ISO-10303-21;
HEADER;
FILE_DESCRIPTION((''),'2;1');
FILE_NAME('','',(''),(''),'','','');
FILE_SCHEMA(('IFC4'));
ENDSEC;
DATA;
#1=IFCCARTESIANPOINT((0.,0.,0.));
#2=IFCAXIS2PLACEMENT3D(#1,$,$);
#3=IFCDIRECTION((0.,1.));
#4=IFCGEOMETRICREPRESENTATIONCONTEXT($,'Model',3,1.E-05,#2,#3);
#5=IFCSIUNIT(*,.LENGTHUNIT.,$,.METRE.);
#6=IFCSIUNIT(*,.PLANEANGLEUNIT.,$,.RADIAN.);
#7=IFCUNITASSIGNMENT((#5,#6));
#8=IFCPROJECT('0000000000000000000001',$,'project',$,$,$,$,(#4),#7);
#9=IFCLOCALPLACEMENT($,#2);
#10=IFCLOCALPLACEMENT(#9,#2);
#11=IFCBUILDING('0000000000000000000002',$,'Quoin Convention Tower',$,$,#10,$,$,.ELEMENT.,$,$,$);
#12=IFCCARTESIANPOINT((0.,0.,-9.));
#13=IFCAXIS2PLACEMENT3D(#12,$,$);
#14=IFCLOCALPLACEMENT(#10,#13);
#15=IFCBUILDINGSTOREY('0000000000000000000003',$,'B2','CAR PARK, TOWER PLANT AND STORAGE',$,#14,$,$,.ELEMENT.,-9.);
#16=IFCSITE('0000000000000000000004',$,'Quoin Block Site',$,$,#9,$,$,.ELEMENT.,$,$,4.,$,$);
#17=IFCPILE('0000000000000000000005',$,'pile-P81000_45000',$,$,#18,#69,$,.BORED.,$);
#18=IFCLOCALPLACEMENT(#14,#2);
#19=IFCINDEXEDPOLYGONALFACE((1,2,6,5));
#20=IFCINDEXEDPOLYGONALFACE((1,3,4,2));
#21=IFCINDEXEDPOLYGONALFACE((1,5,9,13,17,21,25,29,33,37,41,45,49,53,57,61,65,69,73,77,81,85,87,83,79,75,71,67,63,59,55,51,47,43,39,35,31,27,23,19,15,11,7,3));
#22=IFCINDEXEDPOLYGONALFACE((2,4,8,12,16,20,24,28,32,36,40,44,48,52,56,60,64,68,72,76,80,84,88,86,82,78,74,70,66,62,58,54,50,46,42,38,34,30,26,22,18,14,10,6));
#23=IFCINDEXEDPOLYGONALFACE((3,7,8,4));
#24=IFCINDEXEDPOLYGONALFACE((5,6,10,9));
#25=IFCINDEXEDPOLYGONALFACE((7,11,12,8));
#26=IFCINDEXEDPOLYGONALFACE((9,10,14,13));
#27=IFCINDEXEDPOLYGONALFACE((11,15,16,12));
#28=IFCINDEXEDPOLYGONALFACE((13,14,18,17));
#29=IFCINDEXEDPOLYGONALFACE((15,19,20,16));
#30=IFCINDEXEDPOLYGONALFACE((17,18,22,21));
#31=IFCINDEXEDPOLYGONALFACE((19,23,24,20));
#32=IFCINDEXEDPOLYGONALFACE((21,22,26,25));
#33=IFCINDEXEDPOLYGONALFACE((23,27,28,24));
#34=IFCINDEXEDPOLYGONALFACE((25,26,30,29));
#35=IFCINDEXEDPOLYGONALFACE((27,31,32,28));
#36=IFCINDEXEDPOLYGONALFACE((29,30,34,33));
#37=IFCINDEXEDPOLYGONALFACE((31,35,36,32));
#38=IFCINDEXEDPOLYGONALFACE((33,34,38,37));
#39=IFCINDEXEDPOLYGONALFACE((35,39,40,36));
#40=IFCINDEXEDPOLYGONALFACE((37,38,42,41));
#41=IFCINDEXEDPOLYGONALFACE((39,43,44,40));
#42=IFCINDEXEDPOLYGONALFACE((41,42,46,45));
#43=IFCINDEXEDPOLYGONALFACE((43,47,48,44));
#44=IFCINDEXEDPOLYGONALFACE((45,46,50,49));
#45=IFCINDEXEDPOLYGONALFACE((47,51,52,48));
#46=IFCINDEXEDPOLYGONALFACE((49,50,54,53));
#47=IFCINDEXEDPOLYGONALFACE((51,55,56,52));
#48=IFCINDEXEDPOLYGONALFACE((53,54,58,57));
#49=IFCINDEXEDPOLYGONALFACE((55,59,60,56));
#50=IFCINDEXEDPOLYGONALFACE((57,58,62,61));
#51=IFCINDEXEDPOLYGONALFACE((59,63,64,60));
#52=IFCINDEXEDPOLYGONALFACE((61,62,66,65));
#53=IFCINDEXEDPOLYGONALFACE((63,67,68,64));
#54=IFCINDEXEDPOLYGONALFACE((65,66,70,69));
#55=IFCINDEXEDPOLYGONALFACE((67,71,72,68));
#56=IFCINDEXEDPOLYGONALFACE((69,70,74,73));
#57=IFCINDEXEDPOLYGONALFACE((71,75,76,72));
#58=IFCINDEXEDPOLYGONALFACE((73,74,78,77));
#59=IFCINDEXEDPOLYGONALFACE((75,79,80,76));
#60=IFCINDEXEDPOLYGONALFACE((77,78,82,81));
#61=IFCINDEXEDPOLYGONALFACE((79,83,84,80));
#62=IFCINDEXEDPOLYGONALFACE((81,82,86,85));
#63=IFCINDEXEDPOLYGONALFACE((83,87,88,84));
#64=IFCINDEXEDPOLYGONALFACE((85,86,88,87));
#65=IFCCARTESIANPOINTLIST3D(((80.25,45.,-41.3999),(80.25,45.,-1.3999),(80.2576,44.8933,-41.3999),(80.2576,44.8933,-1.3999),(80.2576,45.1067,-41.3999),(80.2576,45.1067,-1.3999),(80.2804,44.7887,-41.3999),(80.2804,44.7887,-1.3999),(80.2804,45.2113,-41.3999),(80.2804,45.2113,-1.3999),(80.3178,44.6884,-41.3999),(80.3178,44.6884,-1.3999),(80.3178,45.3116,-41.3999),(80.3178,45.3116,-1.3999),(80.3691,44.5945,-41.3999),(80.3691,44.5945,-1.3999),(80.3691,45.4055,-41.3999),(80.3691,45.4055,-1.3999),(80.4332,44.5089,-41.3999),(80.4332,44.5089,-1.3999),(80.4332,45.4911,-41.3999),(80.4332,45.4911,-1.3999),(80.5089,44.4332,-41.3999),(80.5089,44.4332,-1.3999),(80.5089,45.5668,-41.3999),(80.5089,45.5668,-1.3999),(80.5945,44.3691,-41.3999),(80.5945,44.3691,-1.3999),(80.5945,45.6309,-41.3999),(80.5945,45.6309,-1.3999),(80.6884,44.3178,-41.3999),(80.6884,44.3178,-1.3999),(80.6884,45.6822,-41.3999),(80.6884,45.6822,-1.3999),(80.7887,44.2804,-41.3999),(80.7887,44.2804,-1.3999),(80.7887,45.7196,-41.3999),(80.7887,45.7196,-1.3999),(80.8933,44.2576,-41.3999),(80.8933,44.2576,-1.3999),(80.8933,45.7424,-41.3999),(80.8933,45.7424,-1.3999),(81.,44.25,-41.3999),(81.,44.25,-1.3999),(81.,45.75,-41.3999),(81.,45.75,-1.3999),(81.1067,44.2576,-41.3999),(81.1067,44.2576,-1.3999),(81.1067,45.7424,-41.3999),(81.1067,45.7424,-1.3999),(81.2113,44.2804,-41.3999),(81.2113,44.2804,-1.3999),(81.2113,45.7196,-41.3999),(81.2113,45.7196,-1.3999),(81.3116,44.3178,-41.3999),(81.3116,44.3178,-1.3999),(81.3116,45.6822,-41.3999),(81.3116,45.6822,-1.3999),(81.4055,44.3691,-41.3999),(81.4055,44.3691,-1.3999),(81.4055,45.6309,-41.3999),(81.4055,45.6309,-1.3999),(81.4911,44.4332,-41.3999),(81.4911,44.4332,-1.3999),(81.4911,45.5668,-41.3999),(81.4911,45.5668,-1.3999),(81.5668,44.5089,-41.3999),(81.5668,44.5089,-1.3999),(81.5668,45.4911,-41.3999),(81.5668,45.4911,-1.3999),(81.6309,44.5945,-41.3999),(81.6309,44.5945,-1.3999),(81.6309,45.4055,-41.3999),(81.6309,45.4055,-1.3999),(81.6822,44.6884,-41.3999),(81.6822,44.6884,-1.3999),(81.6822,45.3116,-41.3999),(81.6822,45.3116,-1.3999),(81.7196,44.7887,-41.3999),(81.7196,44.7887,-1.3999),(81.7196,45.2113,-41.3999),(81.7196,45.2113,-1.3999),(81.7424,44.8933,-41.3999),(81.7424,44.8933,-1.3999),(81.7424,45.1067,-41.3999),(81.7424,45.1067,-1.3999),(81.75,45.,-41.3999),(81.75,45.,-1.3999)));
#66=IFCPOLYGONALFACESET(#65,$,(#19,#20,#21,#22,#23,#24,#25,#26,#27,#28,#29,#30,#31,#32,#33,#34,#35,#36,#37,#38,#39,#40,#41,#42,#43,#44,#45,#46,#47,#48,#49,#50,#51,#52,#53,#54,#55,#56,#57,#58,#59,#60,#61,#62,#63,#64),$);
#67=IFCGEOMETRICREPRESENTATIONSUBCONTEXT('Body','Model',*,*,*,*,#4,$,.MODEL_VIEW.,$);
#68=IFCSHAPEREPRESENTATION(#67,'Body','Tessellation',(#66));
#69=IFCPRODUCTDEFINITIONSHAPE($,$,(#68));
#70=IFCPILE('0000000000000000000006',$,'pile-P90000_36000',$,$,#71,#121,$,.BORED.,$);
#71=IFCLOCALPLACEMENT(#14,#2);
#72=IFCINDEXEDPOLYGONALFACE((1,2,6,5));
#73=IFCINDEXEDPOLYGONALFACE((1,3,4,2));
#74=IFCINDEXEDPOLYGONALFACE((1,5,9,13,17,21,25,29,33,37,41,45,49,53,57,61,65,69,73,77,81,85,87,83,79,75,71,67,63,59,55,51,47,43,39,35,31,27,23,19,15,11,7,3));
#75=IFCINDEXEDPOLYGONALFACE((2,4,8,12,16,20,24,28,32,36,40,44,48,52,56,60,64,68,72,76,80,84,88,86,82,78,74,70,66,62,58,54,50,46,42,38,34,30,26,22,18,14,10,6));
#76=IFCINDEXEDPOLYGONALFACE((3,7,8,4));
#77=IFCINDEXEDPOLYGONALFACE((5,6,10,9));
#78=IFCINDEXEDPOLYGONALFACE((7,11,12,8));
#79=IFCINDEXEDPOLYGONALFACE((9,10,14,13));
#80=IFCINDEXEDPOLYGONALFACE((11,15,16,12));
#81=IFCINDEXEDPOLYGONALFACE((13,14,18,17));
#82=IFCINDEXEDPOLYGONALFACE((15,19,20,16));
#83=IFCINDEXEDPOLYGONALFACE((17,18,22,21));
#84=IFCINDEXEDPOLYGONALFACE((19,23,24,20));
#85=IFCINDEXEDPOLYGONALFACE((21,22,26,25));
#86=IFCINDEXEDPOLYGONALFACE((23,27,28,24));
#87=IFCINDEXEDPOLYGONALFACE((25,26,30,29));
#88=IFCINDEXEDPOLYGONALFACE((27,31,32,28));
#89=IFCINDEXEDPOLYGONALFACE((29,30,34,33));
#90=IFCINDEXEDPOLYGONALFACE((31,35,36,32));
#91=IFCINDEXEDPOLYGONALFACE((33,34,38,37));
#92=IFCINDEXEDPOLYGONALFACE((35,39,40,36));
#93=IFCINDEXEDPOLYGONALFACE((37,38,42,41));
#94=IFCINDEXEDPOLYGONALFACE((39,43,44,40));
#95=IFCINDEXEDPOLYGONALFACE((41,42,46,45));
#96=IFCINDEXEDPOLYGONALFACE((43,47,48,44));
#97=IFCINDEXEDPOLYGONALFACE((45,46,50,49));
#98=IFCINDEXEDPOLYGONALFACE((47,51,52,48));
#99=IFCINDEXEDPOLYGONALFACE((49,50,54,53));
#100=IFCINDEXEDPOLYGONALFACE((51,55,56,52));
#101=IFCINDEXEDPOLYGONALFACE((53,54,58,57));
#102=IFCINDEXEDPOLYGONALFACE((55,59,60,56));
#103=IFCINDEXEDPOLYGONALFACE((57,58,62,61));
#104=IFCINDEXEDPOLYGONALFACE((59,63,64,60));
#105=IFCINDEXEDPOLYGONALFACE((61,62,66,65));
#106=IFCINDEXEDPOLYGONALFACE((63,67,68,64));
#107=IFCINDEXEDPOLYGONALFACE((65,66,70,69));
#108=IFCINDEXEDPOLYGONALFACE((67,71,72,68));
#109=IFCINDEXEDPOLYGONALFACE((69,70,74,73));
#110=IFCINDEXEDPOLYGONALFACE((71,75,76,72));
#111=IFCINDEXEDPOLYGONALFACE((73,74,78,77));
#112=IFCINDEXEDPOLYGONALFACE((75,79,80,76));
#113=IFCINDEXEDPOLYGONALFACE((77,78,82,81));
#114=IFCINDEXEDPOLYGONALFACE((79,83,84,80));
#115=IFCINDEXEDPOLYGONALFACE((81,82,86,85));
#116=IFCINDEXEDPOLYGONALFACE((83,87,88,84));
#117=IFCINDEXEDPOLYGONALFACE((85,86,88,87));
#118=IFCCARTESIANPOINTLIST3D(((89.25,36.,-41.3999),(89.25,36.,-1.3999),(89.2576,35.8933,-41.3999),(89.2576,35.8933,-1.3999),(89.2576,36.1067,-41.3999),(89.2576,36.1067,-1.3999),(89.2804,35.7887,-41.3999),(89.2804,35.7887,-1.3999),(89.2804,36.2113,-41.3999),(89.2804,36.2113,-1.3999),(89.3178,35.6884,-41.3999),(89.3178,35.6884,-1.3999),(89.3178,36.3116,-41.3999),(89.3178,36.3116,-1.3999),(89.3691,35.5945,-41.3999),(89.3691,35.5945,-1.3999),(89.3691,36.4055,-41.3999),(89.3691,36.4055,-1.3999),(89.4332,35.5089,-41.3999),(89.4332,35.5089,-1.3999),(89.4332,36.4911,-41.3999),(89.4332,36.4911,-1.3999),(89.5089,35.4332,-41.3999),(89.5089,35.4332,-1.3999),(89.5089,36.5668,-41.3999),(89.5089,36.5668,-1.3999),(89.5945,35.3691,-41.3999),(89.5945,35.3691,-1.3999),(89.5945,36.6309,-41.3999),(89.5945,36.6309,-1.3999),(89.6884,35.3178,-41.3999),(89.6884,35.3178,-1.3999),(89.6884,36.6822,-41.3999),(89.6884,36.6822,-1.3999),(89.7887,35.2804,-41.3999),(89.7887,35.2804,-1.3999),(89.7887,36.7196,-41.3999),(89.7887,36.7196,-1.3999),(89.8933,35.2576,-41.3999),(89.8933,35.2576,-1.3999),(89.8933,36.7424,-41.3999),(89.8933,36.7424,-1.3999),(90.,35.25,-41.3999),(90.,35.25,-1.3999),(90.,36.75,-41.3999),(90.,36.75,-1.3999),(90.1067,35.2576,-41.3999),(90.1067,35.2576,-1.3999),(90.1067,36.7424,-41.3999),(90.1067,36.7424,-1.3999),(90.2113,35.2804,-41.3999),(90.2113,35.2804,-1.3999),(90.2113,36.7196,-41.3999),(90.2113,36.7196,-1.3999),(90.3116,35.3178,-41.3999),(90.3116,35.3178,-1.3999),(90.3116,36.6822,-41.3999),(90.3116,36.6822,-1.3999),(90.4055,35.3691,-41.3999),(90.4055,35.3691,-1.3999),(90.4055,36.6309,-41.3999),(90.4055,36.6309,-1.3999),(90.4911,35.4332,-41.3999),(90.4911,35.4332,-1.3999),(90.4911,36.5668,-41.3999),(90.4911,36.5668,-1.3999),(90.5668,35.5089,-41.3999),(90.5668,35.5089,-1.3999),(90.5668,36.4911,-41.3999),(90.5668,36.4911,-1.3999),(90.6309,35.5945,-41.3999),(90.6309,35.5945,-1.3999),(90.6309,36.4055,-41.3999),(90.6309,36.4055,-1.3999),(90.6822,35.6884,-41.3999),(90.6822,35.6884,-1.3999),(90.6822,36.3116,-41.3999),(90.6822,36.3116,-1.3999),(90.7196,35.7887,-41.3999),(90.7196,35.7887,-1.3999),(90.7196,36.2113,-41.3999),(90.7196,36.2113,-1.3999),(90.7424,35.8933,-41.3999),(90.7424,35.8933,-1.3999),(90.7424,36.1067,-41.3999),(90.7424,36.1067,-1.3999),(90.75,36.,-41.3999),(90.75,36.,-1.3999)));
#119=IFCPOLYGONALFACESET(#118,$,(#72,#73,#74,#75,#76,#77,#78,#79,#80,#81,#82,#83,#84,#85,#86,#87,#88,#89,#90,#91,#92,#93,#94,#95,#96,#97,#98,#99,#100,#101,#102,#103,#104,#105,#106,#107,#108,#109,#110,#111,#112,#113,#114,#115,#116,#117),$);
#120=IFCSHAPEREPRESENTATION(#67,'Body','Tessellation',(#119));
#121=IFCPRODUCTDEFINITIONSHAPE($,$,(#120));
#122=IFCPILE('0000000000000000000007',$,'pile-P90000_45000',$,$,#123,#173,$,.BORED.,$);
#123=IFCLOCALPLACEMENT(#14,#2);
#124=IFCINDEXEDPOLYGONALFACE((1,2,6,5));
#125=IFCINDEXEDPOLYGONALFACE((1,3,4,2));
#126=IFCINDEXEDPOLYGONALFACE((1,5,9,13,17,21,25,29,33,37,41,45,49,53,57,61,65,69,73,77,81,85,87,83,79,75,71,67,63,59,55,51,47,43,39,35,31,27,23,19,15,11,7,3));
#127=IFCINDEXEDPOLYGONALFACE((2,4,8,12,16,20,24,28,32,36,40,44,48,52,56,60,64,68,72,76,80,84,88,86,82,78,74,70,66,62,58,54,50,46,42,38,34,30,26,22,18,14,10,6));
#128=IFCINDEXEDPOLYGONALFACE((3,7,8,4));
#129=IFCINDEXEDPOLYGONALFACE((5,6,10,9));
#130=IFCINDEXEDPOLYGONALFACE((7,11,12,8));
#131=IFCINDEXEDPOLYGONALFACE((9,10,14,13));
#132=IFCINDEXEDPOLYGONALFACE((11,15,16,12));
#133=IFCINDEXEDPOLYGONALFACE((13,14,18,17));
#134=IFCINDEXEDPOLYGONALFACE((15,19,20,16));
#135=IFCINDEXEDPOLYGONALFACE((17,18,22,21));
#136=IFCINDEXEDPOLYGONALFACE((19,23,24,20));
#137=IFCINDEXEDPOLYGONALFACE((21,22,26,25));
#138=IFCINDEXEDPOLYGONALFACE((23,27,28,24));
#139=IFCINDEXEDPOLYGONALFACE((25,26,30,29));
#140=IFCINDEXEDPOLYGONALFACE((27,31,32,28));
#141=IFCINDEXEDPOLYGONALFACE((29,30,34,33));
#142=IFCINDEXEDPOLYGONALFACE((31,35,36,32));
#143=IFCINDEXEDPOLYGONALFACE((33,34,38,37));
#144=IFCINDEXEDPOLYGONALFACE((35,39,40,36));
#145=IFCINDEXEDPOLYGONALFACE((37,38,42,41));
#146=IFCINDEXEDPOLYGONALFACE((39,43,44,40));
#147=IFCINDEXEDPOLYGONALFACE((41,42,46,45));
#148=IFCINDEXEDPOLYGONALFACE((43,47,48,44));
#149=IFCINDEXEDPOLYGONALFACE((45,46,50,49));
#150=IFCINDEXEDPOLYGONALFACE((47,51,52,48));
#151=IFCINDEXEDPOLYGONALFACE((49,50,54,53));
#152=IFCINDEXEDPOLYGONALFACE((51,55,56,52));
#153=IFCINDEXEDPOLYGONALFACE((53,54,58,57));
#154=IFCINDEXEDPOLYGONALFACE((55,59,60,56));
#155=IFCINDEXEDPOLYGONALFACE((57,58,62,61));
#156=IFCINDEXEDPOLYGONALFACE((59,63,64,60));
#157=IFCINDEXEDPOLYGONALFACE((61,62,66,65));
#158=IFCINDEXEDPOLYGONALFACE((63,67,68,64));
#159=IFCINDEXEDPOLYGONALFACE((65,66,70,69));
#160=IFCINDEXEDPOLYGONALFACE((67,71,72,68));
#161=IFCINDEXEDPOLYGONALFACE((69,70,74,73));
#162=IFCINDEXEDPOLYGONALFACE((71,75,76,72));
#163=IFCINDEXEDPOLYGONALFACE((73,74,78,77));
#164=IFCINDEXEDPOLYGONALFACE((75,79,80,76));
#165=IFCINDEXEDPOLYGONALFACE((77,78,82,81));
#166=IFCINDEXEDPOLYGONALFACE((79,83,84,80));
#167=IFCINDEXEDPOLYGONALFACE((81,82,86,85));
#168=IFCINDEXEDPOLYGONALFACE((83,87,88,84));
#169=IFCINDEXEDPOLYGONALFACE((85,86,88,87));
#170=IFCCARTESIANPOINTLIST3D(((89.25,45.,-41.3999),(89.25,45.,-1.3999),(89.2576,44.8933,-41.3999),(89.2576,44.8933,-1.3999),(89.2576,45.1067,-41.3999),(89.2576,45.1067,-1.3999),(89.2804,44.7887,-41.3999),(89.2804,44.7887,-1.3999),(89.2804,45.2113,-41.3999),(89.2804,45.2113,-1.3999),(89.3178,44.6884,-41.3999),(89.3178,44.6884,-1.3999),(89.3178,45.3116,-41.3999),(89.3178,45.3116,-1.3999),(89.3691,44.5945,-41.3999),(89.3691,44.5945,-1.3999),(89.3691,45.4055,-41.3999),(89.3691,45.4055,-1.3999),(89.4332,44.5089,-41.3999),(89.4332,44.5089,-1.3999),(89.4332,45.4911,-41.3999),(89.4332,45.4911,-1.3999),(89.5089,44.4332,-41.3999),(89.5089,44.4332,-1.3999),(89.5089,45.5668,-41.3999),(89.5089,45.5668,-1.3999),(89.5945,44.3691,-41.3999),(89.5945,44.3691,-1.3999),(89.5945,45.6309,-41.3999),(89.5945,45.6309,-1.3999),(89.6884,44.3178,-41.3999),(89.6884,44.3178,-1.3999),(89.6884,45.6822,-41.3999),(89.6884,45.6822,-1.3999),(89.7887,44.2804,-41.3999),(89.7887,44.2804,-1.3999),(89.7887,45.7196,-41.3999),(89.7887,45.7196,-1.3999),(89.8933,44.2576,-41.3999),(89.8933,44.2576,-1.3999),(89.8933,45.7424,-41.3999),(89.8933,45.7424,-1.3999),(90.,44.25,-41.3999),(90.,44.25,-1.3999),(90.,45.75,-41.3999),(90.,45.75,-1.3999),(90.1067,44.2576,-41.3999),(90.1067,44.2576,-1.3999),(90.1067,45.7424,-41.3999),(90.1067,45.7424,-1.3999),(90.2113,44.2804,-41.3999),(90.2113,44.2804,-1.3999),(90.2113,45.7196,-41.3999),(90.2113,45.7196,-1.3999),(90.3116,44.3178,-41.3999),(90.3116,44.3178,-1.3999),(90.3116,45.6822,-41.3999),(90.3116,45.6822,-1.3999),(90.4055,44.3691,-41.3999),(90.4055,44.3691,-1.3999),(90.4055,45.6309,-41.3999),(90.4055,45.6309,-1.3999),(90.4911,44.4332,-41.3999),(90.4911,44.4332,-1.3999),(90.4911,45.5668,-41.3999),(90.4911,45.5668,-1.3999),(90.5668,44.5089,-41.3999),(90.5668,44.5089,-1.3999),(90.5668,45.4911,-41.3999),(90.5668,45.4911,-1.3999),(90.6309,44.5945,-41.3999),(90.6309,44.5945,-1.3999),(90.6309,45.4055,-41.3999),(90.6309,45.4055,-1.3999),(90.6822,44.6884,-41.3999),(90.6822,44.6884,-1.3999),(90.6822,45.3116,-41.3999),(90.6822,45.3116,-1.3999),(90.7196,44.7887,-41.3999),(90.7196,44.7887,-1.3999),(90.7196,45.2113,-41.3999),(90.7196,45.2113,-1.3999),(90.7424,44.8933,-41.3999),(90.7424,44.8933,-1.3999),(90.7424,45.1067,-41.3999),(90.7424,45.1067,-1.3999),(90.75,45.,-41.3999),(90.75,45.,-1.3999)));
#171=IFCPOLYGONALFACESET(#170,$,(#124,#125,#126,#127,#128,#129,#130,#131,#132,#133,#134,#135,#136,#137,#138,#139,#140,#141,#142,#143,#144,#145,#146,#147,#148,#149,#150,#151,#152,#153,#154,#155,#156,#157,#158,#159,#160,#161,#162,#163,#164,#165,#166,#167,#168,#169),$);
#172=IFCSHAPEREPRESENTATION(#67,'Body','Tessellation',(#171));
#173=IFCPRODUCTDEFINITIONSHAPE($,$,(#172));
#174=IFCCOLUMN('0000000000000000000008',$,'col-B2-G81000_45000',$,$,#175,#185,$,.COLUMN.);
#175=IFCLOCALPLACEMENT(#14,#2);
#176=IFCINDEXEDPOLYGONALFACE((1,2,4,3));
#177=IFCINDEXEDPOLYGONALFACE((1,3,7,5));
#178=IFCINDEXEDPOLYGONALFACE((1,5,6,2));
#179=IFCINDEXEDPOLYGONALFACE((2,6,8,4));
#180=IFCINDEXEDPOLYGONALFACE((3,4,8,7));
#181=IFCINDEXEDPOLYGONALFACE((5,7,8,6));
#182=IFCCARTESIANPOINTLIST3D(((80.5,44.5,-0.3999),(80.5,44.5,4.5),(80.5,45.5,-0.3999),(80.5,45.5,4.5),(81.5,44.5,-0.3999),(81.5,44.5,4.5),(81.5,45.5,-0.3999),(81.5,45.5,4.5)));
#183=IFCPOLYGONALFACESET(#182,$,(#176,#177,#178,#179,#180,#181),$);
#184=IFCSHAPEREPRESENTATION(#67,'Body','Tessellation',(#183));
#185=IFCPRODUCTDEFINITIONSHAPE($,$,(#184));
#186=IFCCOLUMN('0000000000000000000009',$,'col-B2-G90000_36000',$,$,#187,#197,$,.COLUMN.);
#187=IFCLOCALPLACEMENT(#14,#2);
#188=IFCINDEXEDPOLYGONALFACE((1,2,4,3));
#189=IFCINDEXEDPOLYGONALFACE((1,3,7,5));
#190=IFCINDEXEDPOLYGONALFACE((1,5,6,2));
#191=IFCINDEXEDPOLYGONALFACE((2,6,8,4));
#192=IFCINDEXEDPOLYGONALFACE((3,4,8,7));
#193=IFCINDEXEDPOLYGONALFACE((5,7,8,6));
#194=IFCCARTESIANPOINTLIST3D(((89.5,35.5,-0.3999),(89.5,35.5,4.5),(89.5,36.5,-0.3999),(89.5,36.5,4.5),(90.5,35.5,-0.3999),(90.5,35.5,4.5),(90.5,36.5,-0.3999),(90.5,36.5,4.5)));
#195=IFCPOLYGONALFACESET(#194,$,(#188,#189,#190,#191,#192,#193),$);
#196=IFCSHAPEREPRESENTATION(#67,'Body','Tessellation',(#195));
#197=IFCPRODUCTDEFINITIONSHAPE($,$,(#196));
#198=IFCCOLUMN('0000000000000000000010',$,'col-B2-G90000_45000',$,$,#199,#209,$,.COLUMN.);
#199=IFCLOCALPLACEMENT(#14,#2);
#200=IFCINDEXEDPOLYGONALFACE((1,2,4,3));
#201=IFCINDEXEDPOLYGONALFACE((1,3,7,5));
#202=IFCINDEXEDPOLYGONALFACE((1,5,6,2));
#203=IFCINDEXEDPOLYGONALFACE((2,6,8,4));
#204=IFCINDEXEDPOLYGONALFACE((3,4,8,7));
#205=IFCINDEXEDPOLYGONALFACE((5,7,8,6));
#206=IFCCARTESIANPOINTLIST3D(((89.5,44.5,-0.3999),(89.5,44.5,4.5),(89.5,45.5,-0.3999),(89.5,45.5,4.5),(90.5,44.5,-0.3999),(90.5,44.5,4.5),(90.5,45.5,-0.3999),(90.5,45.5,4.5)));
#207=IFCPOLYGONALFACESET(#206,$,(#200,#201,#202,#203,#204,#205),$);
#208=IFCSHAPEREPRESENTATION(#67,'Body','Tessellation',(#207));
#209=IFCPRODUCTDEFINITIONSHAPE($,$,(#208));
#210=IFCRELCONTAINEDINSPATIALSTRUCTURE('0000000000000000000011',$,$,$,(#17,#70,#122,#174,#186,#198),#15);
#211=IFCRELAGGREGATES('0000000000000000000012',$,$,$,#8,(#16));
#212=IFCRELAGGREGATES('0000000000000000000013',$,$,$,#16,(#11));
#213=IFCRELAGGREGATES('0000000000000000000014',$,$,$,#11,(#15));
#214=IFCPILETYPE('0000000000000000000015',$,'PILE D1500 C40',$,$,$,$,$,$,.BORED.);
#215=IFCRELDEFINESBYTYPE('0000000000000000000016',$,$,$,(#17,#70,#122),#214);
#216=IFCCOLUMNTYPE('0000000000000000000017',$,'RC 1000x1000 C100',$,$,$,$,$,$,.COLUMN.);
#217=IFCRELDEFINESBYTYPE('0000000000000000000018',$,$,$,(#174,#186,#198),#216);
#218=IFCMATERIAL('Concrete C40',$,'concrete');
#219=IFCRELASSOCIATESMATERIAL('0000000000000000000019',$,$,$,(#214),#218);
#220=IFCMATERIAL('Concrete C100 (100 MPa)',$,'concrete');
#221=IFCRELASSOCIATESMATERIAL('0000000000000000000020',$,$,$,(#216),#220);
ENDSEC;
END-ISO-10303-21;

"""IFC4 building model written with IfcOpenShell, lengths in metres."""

from ifc_helpers import new_model, si_unit, direction, frame, origin, origin_2d, place, context, subcontext, project, spatial, rectangle, circle, extrude, material, material_profile, profile_set, type_object, element, save


model = new_model("IFC4")

# Units and contexts
model_context = context("Model", 3, precision=1e-05, world=origin(), true_north=direction((0.0, 1.0)))
body_context = subcontext(model_context, "Body", "Model", "MODEL_VIEW")
ifc_project = project(units=[si_unit("LENGTHUNIT", "METRE"), si_unit("PLANEANGLEUNIT", "RADIAN")], contexts=[model_context])

# Site, building, storey
site_placement = place(None, origin())
site = spatial("IfcSite", under=ifc_project, at=site_placement, Name="Quoin Block Site", CompositionType="ELEMENT", RefElevation=4.0)
building_placement = place(site_placement, origin())
building = spatial("IfcBuilding", under=site, at=building_placement, Name="Quoin Convention Tower", CompositionType="ELEMENT")
storey_placement = place(building_placement, frame((0.0, 0.0, -9.0)))
storey = spatial("IfcBuildingStorey", under=building, at=storey_placement, Name="B2", Description="CAR PARK, TOWER PLANT AND STORAGE", CompositionType="ELEMENT", Elevation=-9.0)

# Piles
ifc_material_1 = material(Name="Concrete C40", Category="concrete")
ifc_material_profile_1 = material_profile(ifc_material_1, circle(Radius=0.75, at=origin_2d()), Name="D1500")
ifc_profile_set_1 = profile_set([ifc_material_profile_1], Name="Concrete C40")
pile_type = type_object("IfcPileType", Name="PILE D1500 C40", PredefinedType="BORED", material=ifc_profile_set_1)
for number, where, z_axis, x_axis, name in (
    (1, (81.0, 45.0, -1.3999), (0.0, 0.0, -1.0), (1.0, 0.0, 0.0), "pile-P81000_45000"),
    (2, (90.0, 36.0, -1.3999), (0.0, 0.0, -1.0), (1.0, 0.0, 0.0), "pile-P90000_36000"),
    (3, (90.0, 45.0, -1.3999), (0.0, 0.0, -1.0), (1.0, 0.0, 0.0), "pile-P90000_45000"),
):
    element("IfcPile", number, at=place(storey_placement, frame(where, z_axis=z_axis, x_axis=x_axis)), inside=storey, type_object=pile_type, Name=name, PredefinedType="BORED", context=body_context, shape_type="SweptSolid", body=[
        extrude(circle(Radius=0.75, at=origin_2d()), origin(), (0.0, 0.0, 1.0), 40.0),
    ])

# Columns
ifc_material_2 = material(Name="Concrete C100 (100 MPa)", Category="concrete")
ifc_material_profile_2 = material_profile(ifc_material_2, rectangle(XDim=1.0, YDim=1.0, at=origin_2d()), Name="RC 1000x1000")
ifc_profile_set_2 = profile_set([ifc_material_profile_2], Name="Concrete C100 (100 MPa)")
column_type_1 = type_object("IfcColumnType", Name="RC 1000x1000 C100", PredefinedType="COLUMN", material=ifc_profile_set_2)
for number, where, z_axis, x_axis, name in (
    (4, (81.0, 45.0, -0.3999), (0.0, 0.0, 1.0), (1.0, 0.0, 0.0), "col-B2-G81000_45000"),
    (5, (90.0, 36.0, -0.3999), (0.0, 0.0, 1.0), (1.0, 0.0, 0.0), "col-B2-G90000_36000"),
    (6, (90.0, 45.0, -0.3999), (0.0, 0.0, 1.0), (1.0, 0.0, 0.0), "col-B2-G90000_45000"),
):
    element("IfcColumn", number, at=place(storey_placement, frame(where, z_axis=z_axis, x_axis=x_axis)), inside=storey, type_object=column_type_1, Name=name, PredefinedType="COLUMN", context=body_context, shape_type="SweptSolid", body=[
        extrude(rectangle(XDim=1.0, YDim=1.0, at=origin_2d()), origin(), (0.0, 0.0, 1.0), 4.8999),
    ])

save(model, "model.ifc")
